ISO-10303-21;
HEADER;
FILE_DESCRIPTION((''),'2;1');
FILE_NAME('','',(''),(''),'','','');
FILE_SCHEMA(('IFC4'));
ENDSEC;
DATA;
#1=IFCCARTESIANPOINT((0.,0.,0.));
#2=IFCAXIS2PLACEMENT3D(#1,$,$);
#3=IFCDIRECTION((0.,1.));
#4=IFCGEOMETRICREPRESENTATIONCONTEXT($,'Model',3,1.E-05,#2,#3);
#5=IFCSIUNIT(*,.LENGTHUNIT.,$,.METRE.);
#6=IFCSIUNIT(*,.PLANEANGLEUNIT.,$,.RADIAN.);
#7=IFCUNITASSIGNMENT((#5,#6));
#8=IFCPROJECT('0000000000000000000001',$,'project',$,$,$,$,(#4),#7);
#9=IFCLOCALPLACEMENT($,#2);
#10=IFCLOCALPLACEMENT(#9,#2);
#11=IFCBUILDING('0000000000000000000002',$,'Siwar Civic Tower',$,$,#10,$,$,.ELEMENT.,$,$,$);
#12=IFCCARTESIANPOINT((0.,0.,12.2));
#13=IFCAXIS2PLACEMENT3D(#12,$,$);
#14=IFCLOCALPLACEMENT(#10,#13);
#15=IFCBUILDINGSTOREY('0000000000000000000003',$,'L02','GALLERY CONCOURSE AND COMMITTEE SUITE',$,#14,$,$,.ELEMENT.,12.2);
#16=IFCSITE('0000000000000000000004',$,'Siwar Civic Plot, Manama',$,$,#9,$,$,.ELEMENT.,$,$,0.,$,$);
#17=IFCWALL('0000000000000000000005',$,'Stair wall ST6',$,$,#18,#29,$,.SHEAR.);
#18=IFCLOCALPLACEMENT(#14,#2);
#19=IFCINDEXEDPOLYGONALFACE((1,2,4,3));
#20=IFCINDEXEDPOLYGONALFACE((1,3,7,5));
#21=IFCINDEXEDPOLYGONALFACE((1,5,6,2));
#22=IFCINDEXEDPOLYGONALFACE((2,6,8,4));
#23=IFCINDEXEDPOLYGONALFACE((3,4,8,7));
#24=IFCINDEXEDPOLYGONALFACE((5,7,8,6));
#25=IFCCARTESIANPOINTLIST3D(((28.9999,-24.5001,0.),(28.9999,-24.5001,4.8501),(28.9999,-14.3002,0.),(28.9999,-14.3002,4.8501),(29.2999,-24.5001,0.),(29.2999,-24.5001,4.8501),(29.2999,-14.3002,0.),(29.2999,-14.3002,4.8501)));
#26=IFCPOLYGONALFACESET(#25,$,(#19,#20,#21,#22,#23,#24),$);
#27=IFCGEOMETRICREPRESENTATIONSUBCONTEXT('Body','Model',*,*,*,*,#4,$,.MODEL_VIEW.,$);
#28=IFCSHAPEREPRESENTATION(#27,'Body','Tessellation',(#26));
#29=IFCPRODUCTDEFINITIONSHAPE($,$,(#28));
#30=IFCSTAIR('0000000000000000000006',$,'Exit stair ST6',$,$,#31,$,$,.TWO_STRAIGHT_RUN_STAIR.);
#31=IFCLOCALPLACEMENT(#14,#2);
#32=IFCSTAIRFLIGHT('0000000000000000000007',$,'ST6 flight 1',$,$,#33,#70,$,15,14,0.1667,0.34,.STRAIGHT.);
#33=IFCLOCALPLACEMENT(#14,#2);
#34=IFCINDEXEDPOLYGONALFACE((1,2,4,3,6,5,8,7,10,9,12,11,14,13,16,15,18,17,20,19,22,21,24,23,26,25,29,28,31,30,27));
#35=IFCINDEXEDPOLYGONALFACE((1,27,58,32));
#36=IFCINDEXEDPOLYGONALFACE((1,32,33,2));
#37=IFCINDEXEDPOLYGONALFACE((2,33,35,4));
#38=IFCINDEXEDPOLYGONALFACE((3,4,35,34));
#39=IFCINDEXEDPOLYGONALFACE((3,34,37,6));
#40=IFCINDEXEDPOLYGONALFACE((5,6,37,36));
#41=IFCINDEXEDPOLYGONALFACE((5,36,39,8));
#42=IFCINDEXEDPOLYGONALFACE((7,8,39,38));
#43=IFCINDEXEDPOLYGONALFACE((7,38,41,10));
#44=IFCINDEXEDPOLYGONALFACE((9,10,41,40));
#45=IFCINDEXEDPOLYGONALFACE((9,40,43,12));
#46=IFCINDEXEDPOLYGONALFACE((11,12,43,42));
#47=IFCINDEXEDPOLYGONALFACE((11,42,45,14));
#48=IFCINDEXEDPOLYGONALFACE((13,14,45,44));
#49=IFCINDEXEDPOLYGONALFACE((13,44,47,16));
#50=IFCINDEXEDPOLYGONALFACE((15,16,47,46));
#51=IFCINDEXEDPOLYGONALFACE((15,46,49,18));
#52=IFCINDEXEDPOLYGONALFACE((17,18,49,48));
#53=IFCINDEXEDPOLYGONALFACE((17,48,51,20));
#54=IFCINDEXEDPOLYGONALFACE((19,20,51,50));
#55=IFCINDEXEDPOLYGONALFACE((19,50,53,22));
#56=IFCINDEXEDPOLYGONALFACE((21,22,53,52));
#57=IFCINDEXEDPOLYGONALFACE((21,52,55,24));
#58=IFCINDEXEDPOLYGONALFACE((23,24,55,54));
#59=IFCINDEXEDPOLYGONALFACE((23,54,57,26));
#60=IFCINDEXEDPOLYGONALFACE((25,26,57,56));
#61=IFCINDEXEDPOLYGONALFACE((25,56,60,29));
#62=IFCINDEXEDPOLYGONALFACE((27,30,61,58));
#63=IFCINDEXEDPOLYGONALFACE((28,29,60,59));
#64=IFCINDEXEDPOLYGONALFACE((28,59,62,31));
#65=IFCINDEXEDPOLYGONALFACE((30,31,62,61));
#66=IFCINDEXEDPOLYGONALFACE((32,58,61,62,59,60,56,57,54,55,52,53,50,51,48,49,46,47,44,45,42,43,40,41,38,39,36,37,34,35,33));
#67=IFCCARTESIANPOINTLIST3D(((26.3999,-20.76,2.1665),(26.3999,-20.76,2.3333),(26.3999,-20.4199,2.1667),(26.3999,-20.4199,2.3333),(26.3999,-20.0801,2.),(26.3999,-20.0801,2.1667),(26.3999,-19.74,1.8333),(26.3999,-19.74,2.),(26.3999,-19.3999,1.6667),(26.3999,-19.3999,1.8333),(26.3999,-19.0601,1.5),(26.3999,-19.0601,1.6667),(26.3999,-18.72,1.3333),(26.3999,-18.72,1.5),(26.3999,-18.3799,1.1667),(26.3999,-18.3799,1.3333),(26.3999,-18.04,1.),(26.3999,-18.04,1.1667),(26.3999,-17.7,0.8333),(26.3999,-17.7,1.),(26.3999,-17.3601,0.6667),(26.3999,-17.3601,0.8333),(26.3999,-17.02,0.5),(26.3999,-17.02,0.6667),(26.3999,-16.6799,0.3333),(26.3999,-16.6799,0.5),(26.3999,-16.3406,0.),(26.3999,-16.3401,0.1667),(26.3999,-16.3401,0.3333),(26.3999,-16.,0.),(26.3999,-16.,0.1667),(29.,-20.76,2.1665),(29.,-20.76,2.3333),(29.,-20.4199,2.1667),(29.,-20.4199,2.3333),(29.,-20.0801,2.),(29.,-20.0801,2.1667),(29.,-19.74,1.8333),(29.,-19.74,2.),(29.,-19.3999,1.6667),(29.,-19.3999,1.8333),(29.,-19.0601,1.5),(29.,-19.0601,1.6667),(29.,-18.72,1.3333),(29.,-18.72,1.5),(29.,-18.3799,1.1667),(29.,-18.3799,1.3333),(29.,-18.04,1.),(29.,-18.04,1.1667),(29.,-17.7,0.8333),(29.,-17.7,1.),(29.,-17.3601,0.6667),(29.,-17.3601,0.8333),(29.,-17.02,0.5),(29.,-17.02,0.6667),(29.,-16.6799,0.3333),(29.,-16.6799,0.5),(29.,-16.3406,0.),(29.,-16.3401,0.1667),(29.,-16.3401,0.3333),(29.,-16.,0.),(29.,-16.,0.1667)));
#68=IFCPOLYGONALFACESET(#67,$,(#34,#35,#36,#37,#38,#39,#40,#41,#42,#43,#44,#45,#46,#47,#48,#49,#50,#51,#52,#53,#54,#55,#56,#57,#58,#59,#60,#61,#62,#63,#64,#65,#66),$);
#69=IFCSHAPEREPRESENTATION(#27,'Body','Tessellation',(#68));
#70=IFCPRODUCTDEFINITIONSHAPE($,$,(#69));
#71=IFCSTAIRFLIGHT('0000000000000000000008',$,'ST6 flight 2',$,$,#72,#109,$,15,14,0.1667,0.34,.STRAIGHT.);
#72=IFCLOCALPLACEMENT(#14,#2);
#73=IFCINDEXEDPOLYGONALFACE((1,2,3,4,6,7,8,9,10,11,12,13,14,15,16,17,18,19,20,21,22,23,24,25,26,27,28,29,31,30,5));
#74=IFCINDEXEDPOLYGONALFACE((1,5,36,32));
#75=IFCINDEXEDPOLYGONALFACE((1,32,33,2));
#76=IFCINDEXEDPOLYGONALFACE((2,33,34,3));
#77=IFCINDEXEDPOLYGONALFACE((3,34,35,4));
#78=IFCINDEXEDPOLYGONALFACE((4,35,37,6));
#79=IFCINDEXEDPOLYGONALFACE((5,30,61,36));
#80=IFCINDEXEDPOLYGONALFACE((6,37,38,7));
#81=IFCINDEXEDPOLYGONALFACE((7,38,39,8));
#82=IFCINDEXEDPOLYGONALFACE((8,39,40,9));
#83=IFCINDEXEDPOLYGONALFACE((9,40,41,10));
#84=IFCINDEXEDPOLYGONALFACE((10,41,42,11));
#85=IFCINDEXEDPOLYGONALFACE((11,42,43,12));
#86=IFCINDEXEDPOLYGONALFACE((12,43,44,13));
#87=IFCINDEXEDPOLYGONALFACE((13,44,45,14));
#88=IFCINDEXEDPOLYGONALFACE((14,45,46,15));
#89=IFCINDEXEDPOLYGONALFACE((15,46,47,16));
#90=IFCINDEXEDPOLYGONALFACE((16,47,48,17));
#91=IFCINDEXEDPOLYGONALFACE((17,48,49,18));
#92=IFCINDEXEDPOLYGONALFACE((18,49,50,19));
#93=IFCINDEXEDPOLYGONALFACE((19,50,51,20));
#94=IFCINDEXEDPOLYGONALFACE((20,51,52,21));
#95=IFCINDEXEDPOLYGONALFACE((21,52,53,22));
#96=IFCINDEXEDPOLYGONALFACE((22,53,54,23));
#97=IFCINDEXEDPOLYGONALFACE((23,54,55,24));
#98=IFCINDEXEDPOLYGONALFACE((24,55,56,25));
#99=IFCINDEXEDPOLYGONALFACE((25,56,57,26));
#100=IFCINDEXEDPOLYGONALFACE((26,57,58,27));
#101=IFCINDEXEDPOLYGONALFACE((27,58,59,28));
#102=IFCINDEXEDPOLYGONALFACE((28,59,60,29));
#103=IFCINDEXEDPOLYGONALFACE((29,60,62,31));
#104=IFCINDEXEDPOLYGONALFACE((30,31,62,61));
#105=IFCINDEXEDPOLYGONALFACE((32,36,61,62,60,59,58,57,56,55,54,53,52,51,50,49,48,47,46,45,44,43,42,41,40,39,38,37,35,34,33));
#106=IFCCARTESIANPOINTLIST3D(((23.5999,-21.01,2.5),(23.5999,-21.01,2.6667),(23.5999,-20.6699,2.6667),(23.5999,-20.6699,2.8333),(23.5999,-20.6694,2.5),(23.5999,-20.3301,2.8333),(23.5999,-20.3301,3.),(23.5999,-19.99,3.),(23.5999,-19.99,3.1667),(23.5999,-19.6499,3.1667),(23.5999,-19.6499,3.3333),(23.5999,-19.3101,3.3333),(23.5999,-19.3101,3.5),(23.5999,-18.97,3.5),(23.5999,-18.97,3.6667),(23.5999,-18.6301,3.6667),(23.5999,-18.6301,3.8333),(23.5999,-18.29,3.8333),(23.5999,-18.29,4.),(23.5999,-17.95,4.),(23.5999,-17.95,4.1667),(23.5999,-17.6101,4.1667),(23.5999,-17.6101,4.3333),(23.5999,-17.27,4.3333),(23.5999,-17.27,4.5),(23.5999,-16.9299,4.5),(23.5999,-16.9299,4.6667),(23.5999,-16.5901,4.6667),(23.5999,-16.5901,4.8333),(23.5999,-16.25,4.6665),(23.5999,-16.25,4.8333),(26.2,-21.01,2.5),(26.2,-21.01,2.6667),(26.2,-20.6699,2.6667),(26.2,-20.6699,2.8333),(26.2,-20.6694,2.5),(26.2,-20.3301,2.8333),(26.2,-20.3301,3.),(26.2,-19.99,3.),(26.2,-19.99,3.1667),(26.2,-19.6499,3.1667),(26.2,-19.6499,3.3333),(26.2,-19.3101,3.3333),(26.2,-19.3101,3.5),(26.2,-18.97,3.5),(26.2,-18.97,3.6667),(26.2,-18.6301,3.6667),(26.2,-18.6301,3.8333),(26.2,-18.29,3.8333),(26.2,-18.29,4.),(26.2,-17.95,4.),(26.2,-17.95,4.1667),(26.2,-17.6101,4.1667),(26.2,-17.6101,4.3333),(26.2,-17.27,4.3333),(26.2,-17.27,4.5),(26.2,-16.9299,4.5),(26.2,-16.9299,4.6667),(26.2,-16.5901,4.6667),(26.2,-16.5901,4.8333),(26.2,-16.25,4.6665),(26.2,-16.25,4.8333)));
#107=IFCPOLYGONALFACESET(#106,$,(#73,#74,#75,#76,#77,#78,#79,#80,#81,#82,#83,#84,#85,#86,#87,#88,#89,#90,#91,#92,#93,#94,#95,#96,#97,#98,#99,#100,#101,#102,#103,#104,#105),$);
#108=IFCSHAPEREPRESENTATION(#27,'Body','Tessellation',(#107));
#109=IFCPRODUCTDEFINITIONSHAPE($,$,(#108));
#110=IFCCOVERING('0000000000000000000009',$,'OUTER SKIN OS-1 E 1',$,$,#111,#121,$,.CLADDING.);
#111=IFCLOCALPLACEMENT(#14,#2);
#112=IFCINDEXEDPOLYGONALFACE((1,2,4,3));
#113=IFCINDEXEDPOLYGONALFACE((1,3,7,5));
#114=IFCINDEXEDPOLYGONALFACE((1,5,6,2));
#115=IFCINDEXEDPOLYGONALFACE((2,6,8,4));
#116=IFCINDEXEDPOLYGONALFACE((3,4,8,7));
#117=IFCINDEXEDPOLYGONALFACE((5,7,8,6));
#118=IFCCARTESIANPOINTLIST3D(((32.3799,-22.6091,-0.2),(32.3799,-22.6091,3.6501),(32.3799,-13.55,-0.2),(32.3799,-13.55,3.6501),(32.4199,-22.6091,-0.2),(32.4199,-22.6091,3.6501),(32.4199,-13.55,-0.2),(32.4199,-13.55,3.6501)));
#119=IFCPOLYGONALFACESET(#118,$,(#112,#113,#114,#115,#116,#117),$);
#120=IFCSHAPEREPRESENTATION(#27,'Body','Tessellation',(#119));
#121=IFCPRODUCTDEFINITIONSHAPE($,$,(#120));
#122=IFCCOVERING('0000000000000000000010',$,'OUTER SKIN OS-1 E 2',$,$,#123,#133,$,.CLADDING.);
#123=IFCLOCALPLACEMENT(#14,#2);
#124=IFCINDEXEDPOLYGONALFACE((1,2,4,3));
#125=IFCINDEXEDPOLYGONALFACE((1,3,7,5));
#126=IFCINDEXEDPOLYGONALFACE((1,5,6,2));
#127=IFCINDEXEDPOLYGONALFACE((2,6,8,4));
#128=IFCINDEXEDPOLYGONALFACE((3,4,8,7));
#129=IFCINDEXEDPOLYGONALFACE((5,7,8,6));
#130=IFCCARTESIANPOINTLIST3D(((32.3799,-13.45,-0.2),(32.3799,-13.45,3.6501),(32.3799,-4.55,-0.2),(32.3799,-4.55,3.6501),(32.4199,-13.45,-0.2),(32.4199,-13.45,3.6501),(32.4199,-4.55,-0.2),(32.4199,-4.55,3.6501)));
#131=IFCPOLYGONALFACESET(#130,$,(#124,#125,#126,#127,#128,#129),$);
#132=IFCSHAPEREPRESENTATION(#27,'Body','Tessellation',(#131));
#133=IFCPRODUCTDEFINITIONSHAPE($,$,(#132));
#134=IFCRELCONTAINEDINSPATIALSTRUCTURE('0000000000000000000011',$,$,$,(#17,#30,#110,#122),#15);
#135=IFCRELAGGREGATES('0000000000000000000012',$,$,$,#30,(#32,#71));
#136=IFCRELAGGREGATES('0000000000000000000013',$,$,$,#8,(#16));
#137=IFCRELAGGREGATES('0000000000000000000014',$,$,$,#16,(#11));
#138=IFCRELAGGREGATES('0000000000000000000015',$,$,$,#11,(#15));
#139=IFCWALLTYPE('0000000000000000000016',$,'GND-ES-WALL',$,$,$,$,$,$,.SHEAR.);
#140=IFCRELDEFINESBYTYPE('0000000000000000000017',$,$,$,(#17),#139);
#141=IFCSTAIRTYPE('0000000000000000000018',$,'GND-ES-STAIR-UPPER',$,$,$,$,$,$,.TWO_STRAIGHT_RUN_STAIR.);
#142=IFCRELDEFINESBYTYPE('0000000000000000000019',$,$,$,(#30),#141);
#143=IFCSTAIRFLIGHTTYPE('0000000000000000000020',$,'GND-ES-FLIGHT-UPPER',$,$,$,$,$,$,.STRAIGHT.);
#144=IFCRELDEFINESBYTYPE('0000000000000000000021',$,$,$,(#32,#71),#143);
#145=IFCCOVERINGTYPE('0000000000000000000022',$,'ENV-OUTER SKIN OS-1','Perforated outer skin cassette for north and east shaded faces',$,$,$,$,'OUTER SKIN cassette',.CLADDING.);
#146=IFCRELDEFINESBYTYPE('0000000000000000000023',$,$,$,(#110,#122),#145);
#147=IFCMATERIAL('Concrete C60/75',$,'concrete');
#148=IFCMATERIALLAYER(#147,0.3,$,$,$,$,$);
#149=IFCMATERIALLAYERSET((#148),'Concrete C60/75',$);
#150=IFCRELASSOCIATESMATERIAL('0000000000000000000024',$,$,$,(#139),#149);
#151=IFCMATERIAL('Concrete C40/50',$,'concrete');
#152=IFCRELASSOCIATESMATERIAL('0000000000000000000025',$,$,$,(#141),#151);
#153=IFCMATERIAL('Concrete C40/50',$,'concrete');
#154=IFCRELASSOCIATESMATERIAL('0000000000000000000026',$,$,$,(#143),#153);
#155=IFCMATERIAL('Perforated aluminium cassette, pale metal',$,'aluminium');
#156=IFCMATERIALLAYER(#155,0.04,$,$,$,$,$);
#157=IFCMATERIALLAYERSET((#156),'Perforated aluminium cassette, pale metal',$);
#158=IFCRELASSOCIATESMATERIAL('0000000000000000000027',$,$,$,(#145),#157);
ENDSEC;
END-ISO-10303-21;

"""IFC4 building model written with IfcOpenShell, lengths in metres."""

from ifc_helpers import new_model, si_unit, direction, frame, frame_2d, origin, origin_2d, place, context, subcontext, project, spatial, polyline, rectangle, outline, extrude, material, layer, layer_set, type_object, element, aggregate, save


model = new_model("IFC4")

# Units and contexts
model_context = context("Model", 3, precision=1e-05, world=origin(), true_north=direction((0.0, 1.0)))
body_context = subcontext(model_context, "Body", "Model", "MODEL_VIEW")
ifc_project = project(units=[si_unit("LENGTHUNIT", "METRE"), si_unit("PLANEANGLEUNIT", "RADIAN")], contexts=[model_context])

# Site, building, storey
site_placement = place(None, origin())
site = spatial("IfcSite", under=ifc_project, at=site_placement, Name="Siwar Civic Plot, Manama", CompositionType="ELEMENT", RefElevation=0.0)
building_placement = place(site_placement, origin())
building = spatial("IfcBuilding", under=site, at=building_placement, Name="Siwar Civic Tower", CompositionType="ELEMENT")
storey_placement = place(building_placement, frame((0.0, 0.0, 12.2)))
storey = spatial("IfcBuildingStorey", under=building, at=storey_placement, Name="L02", Description="GALLERY CONCOURSE AND COMMITTEE SUITE", CompositionType="ELEMENT", Elevation=12.2)

# Shared definitions
ifc_material_1 = material(Name="Concrete C60/75", Category="concrete")
ifc_layer_1 = layer(ifc_material_1, 0.3)
ifc_layer_set_1 = layer_set([ifc_layer_1], Name="Concrete C60/75")
wall_type_1 = type_object("IfcWallType", Name="GND-ES-WALL", PredefinedType="SHEAR", material=ifc_layer_set_1)

# Wall
wall_1_placement = place(storey_placement, frame((29.1499, -14.3, 0.0), z_axis=(0.0, 0.0, 1.0), x_axis=(0.0, -1.0, 0.0)))
element("IfcWall", 1, at=wall_1_placement, inside=storey, type_object=wall_type_1, Name="Stair wall ST6", PredefinedType="SHEAR", context=body_context, shape_type="SweptSolid", body=[
    extrude(rectangle(XDim=10.2, YDim=0.3, at=frame_2d((5.1001, 0.0))), origin(), (0.0, 0.0, 1.0), 4.8501),
])

# Stair, stair flights
ifc_material_2 = material(Name="Concrete C40/50", Category="concrete")
stair_type = type_object("IfcStairType", Name="GND-ES-STAIR-UPPER", PredefinedType="TWO_STRAIGHT_RUN_STAIR", material=ifc_material_2)
stair_placement = place(storey_placement, origin())
stair = element("IfcStair", 2, at=stair_placement, inside=storey, type_object=stair_type, Name="Exit stair ST6", PredefinedType="TWO_STRAIGHT_RUN_STAIR")
ifc_material_3 = material(Name="Concrete C40/50", Category="concrete")
stair_flight_type = type_object("IfcStairFlightType", Name="GND-ES-FLIGHT-UPPER", PredefinedType="STRAIGHT", material=ifc_material_3)
stair_flight_1_placement = place(storey_placement, frame((27.7, -16.0, 0.0), z_axis=(0.0, 0.0, 1.0), x_axis=(0.0, -1.0, 0.0)))
stair_flight_1 = element("IfcStairFlight", 3, at=stair_flight_1_placement, type_object=stair_flight_type, Name="ST6 flight 1", NumberOfRisers=15, NumberOfTreads=14, PredefinedType="STRAIGHT", RiserHeight=0.1667, TreadLength=0.34, context=body_context, shape_type="SweptSolid", body=[
    extrude(outline(polyline([(0.0, 0.0), (0.0, 0.1667), (0.3401, 0.1667), (0.3401, 0.3333), (0.6799, 0.3333), (0.6799, 0.5), (1.02, 0.5), (1.02, 0.6667), (1.3601, 0.6667), (1.3601, 0.8333), (1.7, 0.8333), (1.7, 1.0), (2.04, 1.0), (2.04, 1.1667), (2.3799, 1.1667), (2.3799, 1.3333), (2.72, 1.3333), (2.72, 1.5), (3.0601, 1.5), (3.0601, 1.6667), (3.3999, 1.6667), (3.3999, 1.8333), (3.74, 1.8333), (3.74, 2.0), (4.0801, 2.0), (4.0801, 2.1667), (4.4199, 2.1667), (4.4199, 2.3333), (4.76, 2.3333), (4.76, 2.5), (4.76, 2.1665), (0.3406, 0.0), (0.0, 0.0)])), frame((0.0, 1.3, 0.0), z_axis=(0.0, -1.0, 0.0), x_axis=(1.0, 0.0, 0.0)), (0.0, 0.0, 1.0), 2.6001),
])
stair_flight_2_placement = place(storey_placement, frame((24.8999, -21.01, 2.5), z_axis=(0.0, 0.0, 1.0), x_axis=(0.0, 1.0, 0.0)))
stair_flight_2 = element("IfcStairFlight", 4, at=stair_flight_2_placement, type_object=stair_flight_type, Name="ST6 flight 2", NumberOfRisers=15, NumberOfTreads=14, PredefinedType="STRAIGHT", RiserHeight=0.1667, TreadLength=0.34, context=body_context, shape_type="SweptSolid", body=[
    extrude(outline(polyline([(0.0, 0.0), (0.0, 0.1667), (0.3401, 0.1667), (0.3401, 0.3333), (0.6799, 0.3333), (0.6799, 0.5), (1.02, 0.5), (1.02, 0.6667), (1.3601, 0.6667), (1.3601, 0.8333), (1.7, 0.8333), (1.7, 1.0), (2.04, 1.0), (2.04, 1.1667), (2.3799, 1.1667), (2.3799, 1.3333), (2.72, 1.3333), (2.72, 1.5), (3.0601, 1.5), (3.0601, 1.6667), (3.3999, 1.6667), (3.3999, 1.8333), (3.74, 1.8333), (3.74, 2.0), (4.0801, 2.0), (4.0801, 2.1667), (4.4199, 2.1667), (4.4199, 2.3333), (4.76, 2.3333), (4.76, 2.5), (4.76, 2.1665), (0.3406, 0.0), (0.0, 0.0)])), frame((0.0, 1.3, 0.0), z_axis=(0.0, -1.0, 0.0), x_axis=(1.0, 0.0, 0.0)), (0.0, 0.0, 1.0), 2.6001),
])
aggregate(stair, [stair_flight_1, stair_flight_2])

# Coverings
ifc_material_4 = material(Name="Perforated aluminium cassette, pale metal", Category="aluminium")
ifc_layer_2 = layer(ifc_material_4, 0.04)
ifc_layer_set_2 = layer_set([ifc_layer_2], Name="Perforated aluminium cassette, pale metal")
covering_type = type_object("IfcCoveringType", Name="ENV-OUTER SKIN OS-1", Description="Perforated outer skin cassette for north and east shaded faces", ElementType="OUTER SKIN cassette", PredefinedType="CLADDING", material=ifc_layer_set_2)
covering_1_placement = place(storey_placement, frame((32.3999, -18.0796, -0.2), z_axis=(0.0, 0.0, 1.0), x_axis=(0.0, 1.0, 0.0)))
element("IfcCovering", 5, at=covering_1_placement, inside=storey, type_object=covering_type, Name="OUTER SKIN OS-1 E 1", PredefinedType="CLADDING", context=body_context, shape_type="SweptSolid", body=[
    extrude(rectangle(XDim=9.0591, YDim=0.04, at=origin_2d()), origin(), (0.0, 0.0, 1.0), 3.8501),
])
covering_2_placement = place(storey_placement, frame((32.3999, -9.0, -0.2), z_axis=(0.0, 0.0, 1.0), x_axis=(0.0, 1.0, 0.0)))
element("IfcCovering", 6, at=covering_2_placement, inside=storey, type_object=covering_type, Name="OUTER SKIN OS-1 E 2", PredefinedType="CLADDING", context=body_context, shape_type="SweptSolid", body=[
    extrude(rectangle(XDim=8.8999, YDim=0.04, at=origin_2d()), origin(), (0.0, 0.0, 1.0), 3.8501),
])

save(model, "model.ifc")
